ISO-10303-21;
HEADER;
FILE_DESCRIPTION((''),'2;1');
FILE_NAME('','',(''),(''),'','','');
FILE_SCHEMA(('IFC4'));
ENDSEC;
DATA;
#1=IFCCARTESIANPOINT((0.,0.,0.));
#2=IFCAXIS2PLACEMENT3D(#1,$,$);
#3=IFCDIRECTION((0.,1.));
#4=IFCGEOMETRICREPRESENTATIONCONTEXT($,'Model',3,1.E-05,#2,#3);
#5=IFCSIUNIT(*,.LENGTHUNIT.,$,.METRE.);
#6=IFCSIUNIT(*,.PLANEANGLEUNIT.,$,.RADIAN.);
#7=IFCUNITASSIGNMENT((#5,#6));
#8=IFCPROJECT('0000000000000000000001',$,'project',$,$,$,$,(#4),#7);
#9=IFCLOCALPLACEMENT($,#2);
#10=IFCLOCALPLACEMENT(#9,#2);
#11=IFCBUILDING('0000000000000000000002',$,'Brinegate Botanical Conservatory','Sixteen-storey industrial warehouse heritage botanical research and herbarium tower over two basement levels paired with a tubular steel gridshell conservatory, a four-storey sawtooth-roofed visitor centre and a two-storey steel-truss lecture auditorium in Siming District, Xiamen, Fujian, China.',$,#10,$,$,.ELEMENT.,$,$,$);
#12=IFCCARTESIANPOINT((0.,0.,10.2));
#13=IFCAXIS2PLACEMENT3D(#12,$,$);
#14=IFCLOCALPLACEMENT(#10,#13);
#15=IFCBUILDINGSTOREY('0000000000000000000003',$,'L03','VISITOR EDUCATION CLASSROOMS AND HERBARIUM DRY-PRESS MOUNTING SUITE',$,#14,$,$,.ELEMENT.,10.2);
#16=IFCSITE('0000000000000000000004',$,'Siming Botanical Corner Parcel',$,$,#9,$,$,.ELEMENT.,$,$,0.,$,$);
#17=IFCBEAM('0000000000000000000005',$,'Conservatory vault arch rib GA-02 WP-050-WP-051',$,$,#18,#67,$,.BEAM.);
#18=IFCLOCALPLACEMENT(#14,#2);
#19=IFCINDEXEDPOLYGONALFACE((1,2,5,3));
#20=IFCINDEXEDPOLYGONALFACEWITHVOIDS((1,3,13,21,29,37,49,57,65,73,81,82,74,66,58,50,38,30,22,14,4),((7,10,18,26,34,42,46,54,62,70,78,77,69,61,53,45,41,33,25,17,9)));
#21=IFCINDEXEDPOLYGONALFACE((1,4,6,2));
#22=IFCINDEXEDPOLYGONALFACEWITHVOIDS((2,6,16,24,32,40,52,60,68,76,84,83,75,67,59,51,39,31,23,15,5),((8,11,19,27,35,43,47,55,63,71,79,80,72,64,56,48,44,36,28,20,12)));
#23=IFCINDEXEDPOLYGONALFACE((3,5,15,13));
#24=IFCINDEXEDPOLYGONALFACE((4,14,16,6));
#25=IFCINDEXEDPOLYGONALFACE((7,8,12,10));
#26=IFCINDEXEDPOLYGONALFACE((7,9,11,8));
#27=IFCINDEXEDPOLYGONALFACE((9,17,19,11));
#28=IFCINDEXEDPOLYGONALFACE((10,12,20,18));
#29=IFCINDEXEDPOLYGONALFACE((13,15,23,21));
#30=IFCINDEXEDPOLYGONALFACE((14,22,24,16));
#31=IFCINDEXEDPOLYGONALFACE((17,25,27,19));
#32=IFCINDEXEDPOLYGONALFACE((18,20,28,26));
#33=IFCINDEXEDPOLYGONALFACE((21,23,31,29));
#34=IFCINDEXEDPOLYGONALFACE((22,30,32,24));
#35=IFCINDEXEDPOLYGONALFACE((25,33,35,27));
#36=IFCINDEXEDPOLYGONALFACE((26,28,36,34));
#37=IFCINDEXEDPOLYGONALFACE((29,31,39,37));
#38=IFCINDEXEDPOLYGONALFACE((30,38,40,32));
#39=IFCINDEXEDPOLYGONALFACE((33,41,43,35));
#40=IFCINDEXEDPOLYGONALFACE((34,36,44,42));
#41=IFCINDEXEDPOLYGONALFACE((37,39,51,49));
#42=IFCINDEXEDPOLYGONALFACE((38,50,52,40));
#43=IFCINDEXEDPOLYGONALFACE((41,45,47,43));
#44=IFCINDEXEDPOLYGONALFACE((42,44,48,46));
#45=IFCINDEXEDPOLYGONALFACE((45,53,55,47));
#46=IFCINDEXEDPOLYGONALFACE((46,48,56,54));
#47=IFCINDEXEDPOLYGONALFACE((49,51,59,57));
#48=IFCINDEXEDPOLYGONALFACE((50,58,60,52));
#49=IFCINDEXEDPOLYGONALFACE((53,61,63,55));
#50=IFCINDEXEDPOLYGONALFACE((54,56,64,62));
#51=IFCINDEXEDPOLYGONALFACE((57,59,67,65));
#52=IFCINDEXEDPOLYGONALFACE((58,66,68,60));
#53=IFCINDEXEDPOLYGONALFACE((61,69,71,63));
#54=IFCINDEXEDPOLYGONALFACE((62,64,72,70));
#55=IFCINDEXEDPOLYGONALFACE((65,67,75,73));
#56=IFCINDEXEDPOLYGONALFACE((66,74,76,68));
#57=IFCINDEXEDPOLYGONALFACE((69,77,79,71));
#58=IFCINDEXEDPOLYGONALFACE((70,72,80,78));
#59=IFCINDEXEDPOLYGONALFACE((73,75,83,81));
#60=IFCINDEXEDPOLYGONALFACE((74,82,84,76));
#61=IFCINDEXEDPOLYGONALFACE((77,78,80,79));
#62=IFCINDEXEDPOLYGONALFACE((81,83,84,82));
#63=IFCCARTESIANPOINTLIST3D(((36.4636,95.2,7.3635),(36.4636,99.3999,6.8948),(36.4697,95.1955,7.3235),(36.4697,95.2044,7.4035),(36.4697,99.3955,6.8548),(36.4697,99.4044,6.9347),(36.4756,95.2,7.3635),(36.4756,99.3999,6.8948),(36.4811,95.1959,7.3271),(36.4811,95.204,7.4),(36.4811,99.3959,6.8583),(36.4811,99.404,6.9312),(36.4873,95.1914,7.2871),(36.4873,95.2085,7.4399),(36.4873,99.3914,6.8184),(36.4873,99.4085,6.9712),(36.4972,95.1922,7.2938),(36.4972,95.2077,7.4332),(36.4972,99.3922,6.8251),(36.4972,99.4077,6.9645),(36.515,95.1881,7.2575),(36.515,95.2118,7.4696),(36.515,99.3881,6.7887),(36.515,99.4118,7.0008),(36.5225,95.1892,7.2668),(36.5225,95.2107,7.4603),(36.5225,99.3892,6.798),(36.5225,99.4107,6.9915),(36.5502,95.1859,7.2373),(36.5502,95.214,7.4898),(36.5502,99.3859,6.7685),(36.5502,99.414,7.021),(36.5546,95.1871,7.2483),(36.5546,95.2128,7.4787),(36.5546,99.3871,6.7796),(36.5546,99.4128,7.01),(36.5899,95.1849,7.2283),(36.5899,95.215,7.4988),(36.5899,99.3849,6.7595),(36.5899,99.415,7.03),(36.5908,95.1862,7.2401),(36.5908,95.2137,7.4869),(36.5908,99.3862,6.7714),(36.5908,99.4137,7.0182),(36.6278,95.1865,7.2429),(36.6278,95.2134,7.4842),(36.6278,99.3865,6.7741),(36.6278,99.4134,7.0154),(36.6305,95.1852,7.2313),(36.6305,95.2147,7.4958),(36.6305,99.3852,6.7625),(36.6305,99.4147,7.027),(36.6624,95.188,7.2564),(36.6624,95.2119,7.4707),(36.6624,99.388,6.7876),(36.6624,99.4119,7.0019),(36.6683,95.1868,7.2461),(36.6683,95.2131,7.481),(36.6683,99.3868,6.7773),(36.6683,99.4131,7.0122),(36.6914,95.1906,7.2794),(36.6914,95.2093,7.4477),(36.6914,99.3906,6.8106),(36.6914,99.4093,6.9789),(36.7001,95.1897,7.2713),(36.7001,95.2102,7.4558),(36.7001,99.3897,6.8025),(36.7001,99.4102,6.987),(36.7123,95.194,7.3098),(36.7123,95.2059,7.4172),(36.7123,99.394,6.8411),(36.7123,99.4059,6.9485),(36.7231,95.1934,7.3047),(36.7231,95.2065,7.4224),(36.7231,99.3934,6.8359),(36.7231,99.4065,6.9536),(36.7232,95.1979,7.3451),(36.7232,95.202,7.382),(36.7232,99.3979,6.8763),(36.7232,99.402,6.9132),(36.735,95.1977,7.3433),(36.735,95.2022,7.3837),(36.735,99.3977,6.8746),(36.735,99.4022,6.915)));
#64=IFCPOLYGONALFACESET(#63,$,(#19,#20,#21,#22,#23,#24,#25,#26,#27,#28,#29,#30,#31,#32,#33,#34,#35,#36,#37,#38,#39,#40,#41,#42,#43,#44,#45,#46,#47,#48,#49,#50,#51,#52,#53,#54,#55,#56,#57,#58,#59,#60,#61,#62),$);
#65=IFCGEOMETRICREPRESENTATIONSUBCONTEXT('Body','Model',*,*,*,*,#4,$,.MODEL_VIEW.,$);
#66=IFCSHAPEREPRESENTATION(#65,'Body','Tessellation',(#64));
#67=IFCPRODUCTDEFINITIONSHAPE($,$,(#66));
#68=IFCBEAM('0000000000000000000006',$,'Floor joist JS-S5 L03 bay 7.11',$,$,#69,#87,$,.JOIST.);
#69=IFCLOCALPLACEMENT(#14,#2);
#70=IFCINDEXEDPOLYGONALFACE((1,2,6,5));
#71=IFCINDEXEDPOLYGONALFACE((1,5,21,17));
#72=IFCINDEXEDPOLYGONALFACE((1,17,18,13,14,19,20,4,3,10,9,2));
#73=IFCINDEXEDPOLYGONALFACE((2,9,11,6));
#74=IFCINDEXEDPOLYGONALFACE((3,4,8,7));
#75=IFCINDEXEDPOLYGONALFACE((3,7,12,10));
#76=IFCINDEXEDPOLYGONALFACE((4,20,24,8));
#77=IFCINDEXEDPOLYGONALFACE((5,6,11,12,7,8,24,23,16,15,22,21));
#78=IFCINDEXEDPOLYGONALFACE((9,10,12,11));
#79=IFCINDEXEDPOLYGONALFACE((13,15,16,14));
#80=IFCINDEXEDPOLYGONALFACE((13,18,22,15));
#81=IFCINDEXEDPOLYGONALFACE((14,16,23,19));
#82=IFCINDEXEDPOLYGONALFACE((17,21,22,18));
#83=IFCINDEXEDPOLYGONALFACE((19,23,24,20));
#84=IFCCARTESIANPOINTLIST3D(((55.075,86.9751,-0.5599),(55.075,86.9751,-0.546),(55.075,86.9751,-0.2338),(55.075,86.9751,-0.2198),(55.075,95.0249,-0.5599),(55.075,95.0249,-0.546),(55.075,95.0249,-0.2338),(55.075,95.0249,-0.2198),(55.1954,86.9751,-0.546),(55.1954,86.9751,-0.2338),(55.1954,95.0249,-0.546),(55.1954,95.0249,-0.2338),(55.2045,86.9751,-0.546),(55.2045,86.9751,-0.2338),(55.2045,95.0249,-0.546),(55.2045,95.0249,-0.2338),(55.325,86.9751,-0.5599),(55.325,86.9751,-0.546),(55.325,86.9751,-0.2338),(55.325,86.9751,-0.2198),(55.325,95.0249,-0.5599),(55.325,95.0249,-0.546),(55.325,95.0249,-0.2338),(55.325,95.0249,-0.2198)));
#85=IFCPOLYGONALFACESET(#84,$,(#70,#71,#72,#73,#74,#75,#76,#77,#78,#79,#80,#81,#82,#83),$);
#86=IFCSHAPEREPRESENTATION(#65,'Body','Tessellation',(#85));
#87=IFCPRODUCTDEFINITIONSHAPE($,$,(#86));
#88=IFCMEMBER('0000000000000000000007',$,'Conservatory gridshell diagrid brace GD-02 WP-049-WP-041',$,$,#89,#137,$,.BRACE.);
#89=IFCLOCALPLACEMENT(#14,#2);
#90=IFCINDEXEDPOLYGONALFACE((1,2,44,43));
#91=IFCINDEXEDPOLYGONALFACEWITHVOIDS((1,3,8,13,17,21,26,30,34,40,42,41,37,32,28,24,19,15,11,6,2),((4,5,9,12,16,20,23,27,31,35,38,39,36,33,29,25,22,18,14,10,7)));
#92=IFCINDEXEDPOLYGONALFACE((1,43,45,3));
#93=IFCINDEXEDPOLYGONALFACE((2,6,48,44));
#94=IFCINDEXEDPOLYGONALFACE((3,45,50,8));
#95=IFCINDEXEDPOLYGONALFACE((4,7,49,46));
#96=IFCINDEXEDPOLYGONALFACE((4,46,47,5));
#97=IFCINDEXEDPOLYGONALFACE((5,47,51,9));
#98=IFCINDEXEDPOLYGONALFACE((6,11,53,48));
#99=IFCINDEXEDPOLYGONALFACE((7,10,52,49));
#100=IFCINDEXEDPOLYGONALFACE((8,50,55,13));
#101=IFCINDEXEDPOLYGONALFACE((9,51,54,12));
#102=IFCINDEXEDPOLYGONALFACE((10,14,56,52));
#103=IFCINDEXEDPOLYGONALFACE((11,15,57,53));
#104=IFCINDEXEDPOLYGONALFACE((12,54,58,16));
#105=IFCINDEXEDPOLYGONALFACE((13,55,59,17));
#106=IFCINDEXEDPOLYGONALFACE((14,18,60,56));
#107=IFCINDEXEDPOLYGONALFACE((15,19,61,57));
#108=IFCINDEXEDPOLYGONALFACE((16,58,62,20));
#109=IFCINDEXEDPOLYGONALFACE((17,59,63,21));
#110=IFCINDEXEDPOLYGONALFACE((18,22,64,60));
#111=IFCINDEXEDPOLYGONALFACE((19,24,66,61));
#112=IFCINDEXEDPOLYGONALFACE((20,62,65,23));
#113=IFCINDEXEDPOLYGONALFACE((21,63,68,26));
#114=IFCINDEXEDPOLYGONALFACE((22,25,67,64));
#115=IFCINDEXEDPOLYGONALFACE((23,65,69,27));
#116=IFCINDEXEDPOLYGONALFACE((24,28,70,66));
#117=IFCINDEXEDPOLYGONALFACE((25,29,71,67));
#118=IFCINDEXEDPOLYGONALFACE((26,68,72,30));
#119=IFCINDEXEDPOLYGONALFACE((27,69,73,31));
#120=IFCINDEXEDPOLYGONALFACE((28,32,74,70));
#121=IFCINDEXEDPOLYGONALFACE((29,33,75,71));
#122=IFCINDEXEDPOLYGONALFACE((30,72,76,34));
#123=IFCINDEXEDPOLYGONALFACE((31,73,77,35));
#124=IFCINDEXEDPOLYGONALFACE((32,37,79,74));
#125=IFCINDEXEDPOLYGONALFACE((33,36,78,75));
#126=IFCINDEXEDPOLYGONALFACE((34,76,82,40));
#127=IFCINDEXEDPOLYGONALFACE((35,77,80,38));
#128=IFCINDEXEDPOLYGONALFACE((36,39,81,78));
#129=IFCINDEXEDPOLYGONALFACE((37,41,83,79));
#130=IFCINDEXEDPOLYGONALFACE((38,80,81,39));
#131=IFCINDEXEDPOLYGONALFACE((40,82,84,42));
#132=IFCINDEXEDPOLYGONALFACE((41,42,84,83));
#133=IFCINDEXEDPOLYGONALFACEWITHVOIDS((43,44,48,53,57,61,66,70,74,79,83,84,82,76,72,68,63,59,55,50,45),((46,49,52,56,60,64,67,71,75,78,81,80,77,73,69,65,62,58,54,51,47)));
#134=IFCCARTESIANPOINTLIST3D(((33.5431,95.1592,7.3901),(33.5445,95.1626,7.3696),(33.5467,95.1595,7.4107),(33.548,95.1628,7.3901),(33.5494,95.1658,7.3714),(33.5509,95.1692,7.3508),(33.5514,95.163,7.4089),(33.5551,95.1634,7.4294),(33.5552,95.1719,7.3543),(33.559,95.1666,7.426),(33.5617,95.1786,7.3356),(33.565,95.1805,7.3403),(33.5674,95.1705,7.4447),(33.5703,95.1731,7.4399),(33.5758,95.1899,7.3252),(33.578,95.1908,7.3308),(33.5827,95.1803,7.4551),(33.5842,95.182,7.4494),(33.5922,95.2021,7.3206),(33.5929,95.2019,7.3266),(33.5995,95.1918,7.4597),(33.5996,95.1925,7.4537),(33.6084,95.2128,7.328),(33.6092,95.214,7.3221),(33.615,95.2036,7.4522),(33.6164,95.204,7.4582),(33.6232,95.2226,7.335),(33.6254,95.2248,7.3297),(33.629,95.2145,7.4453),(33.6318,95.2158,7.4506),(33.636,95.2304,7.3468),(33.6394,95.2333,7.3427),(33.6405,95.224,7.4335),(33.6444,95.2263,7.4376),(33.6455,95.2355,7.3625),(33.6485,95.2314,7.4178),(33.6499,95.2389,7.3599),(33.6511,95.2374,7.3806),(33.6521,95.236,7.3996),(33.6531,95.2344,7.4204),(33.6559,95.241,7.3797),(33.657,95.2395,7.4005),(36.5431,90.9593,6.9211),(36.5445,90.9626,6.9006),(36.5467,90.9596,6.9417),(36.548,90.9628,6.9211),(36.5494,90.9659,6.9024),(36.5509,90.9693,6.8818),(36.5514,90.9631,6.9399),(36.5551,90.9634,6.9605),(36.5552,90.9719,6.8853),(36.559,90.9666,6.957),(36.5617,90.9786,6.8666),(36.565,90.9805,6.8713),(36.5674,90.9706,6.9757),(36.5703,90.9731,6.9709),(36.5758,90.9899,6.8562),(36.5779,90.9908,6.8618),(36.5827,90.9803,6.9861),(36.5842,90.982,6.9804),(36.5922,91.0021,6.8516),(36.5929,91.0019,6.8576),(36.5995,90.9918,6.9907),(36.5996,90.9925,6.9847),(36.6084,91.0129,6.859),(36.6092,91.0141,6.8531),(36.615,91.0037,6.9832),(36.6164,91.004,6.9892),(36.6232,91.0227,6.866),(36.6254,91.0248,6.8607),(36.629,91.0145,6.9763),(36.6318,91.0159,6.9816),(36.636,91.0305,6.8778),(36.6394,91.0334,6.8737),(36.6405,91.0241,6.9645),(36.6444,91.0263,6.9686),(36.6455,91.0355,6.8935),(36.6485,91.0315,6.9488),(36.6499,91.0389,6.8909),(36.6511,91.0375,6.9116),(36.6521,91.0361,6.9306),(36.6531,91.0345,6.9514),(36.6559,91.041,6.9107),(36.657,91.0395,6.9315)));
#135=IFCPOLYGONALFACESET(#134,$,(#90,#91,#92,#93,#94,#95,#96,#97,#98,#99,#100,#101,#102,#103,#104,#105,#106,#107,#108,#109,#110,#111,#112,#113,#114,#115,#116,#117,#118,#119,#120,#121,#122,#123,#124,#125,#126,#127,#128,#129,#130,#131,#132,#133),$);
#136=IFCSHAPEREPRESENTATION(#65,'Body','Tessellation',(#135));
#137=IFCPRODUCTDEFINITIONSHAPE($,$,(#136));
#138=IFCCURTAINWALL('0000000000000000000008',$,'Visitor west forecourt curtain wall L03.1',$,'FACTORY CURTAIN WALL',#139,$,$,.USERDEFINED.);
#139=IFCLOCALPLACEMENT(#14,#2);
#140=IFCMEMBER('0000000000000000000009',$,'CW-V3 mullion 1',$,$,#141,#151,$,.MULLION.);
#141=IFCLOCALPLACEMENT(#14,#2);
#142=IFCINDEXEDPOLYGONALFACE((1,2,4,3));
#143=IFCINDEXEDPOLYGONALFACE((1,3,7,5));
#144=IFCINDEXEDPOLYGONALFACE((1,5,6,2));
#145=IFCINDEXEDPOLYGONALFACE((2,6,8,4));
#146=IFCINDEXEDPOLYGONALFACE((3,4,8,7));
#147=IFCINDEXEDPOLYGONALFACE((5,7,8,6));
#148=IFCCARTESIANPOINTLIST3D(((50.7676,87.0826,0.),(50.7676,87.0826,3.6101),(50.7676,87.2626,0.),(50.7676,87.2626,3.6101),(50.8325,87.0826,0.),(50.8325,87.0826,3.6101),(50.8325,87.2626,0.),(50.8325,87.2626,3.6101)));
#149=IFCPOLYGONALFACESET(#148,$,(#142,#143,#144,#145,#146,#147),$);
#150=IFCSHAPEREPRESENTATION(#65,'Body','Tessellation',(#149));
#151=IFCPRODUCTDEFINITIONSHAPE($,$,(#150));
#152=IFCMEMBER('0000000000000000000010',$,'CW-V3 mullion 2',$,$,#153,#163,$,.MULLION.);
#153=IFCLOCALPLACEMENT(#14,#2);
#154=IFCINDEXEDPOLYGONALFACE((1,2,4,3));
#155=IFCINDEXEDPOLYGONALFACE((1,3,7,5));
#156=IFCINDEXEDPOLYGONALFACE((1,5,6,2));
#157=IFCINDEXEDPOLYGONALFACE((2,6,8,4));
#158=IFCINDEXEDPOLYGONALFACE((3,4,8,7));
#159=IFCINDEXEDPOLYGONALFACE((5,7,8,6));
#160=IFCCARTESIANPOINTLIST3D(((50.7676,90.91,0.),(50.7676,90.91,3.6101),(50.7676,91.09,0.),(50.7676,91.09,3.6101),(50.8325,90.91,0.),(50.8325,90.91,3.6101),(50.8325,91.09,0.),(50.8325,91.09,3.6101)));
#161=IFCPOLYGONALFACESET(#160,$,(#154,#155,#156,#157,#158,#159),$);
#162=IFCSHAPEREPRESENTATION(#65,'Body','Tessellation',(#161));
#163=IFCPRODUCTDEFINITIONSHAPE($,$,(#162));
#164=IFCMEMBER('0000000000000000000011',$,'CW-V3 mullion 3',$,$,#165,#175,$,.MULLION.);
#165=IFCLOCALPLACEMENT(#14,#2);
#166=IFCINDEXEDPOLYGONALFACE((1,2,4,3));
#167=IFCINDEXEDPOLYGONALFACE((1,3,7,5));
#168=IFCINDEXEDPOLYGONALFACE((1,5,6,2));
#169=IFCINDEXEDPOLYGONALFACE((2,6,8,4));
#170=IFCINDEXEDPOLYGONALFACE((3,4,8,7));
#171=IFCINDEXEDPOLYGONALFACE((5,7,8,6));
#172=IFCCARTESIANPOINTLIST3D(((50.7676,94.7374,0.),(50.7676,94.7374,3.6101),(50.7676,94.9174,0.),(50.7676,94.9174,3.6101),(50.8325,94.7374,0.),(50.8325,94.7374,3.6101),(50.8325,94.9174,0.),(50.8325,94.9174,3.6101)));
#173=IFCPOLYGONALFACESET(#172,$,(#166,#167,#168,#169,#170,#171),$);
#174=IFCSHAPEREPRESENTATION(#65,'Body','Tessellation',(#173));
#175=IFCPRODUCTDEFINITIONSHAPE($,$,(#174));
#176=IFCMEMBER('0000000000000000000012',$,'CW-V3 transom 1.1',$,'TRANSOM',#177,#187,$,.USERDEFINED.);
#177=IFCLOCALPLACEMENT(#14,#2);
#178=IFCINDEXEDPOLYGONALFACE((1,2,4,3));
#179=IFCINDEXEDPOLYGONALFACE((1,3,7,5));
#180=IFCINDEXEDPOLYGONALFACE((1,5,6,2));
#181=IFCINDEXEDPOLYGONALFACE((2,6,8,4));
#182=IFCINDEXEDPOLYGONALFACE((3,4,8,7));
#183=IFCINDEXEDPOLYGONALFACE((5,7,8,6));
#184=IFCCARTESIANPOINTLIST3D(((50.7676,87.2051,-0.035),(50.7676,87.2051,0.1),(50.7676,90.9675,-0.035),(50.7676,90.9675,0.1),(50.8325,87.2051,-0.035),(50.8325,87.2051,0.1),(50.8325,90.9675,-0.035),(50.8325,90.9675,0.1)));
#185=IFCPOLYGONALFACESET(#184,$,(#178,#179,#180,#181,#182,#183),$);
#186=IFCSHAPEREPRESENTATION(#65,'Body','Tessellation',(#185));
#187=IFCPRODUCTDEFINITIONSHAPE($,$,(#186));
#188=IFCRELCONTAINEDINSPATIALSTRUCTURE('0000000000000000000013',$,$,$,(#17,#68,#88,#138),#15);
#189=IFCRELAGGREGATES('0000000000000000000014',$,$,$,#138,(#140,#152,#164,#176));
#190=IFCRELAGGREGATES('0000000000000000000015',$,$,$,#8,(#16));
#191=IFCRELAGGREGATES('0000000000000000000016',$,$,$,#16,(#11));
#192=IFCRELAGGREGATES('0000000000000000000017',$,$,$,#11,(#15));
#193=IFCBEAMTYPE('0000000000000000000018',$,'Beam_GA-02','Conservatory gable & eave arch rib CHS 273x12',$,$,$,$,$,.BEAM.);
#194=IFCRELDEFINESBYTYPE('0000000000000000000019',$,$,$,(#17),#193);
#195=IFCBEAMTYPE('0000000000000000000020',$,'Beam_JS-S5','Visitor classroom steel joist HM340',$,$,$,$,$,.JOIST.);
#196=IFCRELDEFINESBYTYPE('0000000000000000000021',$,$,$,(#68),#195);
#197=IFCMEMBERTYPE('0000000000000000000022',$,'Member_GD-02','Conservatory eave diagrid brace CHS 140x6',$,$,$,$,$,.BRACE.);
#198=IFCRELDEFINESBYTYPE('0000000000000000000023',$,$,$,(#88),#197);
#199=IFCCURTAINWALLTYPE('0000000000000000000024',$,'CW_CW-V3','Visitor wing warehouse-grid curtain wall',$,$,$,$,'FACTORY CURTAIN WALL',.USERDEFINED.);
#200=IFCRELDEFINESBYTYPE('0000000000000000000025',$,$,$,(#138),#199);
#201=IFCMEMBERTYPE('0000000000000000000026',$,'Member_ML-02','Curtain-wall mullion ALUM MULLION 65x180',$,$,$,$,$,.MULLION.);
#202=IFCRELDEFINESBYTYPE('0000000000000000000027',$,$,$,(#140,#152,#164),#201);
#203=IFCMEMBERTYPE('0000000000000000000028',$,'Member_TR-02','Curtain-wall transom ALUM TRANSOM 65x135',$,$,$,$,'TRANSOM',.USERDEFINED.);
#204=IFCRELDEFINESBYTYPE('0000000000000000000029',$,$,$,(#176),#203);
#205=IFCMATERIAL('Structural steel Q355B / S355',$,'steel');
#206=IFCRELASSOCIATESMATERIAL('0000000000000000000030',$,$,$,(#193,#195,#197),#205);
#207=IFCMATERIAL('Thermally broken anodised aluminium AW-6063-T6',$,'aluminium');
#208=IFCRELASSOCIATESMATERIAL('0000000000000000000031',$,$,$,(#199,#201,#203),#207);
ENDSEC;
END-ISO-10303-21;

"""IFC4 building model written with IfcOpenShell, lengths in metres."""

from ifc_helpers import new_model, si_unit, direction, frame, origin, origin_2d, place, context, subcontext, project, spatial, rectangle, hollow_circle, i_section, extrude, material, material_profile, profile_set, type_object, element, aggregate, save


model = new_model("IFC4")

# Units and contexts
model_context = context("Model", 3, precision=1e-05, world=origin(), true_north=direction((0.0, 1.0)))
body_context = subcontext(model_context, "Body", "Model", "MODEL_VIEW")
ifc_project = project(units=[si_unit("LENGTHUNIT", "METRE"), si_unit("PLANEANGLEUNIT", "RADIAN")], contexts=[model_context])

# Site, building, storey
site_placement = place(None, origin())
site = spatial("IfcSite", under=ifc_project, at=site_placement, Name="Siming Botanical Corner Parcel", CompositionType="ELEMENT", RefElevation=0.0)
building_placement = place(site_placement, origin())
building = spatial("IfcBuilding", under=site, at=building_placement, Name="Brinegate Botanical Conservatory", Description="Sixteen-storey industrial warehouse heritage botanical research and herbarium tower over two basement levels paired with a tubular steel gridshell conservatory, a four-storey sawtooth-roofed visitor centre and a two-storey steel-truss lecture auditorium in Siming District, Xiamen, Fujian, China.", CompositionType="ELEMENT")
storey_placement = place(building_placement, frame((0.0, 0.0, 10.2)))
storey = spatial("IfcBuildingStorey", under=building, at=storey_placement, Name="L03", Description="VISITOR EDUCATION CLASSROOMS AND HERBARIUM DRY-PRESS MOUNTING SUITE", CompositionType="ELEMENT", Elevation=10.2)

# Beams
ifc_material_1 = material(Name="Structural steel Q355B / S355", Category="steel")
ifc_material_profile_1 = material_profile(ifc_material_1, hollow_circle(Radius=0.1365, WallThickness=0.012, at=origin_2d()), Name="CHS 273x12")
ifc_profile_set_1 = profile_set([ifc_material_profile_1], Name="Structural steel Q355B / S355")
beam_type_1 = type_object("IfcBeamType", Name="Beam_GA-02", Description="Conservatory gable & eave arch rib CHS 273x12", PredefinedType="BEAM", material=ifc_profile_set_1)
for number, where, z_axis, x_axis, name in (
    (1, (36.6001, 95.2, 7.3635), (0.0, 0.993829, -0.11092), (-1.0, 0.0, 0.0), "Conservatory vault arch rib GA-02 WP-050-WP-051"),
):
    element("IfcBeam", number, at=place(storey_placement, frame(where, z_axis=z_axis, x_axis=x_axis)), inside=storey, type_object=beam_type_1, Name=name, PredefinedType="BEAM", context=body_context, shape_type="SweptSolid", body=[
        extrude(hollow_circle(Radius=0.1365, WallThickness=0.012, at=origin_2d()), origin(), (0.0, 0.0, 1.0), 4.2261),
    ])
ifc_material_profile_2 = material_profile(ifc_material_1, i_section(OverallWidth=0.25, OverallDepth=0.3401, WebThickness=0.009, FlangeThickness=0.0139, at=origin_2d()), Name="HM 340x250x9x14")
ifc_profile_set_2 = profile_set([ifc_material_profile_2], Name="Structural steel Q355B / S355")
beam_type_2 = type_object("IfcBeamType", Name="Beam_JS-S5", Description="Visitor classroom steel joist HM340", PredefinedType="JOIST", material=ifc_profile_set_2)
beam_1_placement = place(storey_placement, frame((55.2, 86.9751, -0.3899), z_axis=(0.0, 1.0, 0.0), x_axis=(-1.0, 0.0, 0.0)))
element("IfcBeam", 2, at=beam_1_placement, inside=storey, type_object=beam_type_2, Name="Floor joist JS-S5 L03 bay 7.11", PredefinedType="JOIST", context=body_context, shape_type="SweptSolid", body=[
    extrude(i_section(OverallWidth=0.25, OverallDepth=0.3401, WebThickness=0.009, FlangeThickness=0.0139, at=origin_2d()), origin(), (0.0, 0.0, 1.0), 8.0498),
])

# Member
ifc_material_profile_3 = material_profile(ifc_material_1, hollow_circle(Radius=0.0701, WallThickness=0.0061, at=origin_2d()), Name="CHS 140x6")
ifc_profile_set_3 = profile_set([ifc_material_profile_3], Name="Structural steel Q355B / S355")
member_type_1 = type_object("IfcMemberType", Name="Member_GD-02", Description="Conservatory eave diagrid brace CHS 140x6", PredefinedType="BRACE", material=ifc_profile_set_3)
member_1_placement = place(storey_placement, frame((36.6001, 91.0, 6.9211), z_axis=(-0.578858, 0.810392, 0.090494), x_axis=(-0.81373, -0.581243, 0.0)))
element("IfcMember", 3, at=member_1_placement, inside=storey, type_object=member_type_1, Name="Conservatory gridshell diagrid brace GD-02 WP-049-WP-041", PredefinedType="BRACE", context=body_context, shape_type="SweptSolid", body=[
    extrude(hollow_circle(Radius=0.0701, WallThickness=0.0061, at=origin_2d()), origin(), (0.0, 0.0, 1.0), 5.1826),
])

# Curtain wall, members
ifc_material_2 = material(Name="Thermally broken anodised aluminium AW-6063-T6", Category="aluminium")
curtain_wall_type = type_object("IfcCurtainWallType", Name="CW_CW-V3", Description="Visitor wing warehouse-grid curtain wall", ElementType="FACTORY CURTAIN WALL", PredefinedType="USERDEFINED", material=ifc_material_2)
curtain_wall_placement = place(storey_placement, origin())
curtain_wall = element("IfcCurtainWall", 4, at=curtain_wall_placement, inside=storey, type_object=curtain_wall_type, Name="Visitor west forecourt curtain wall L03.1", ObjectType="FACTORY CURTAIN WALL", PredefinedType="USERDEFINED")
ifc_material_profile_4 = material_profile(ifc_material_2, rectangle(XDim=0.0649, YDim=0.1799, at=origin_2d()), Name="ALUM MULLION 65x180")
ifc_profile_set_4 = profile_set([ifc_material_profile_4], Name="Thermally broken anodised aluminium AW-6063-T6")
member_type_2 = type_object("IfcMemberType", Name="Member_ML-02", Description="Curtain-wall mullion ALUM MULLION 65x180", PredefinedType="MULLION", material=ifc_profile_set_4)
member_2_placement = place(storey_placement, frame((50.8, 87.1726, 0.0), z_axis=(0.0, 0.0, 1.0), x_axis=(-1.0, 0.0, 0.0)))
member_2 = element("IfcMember", 5, at=member_2_placement, type_object=member_type_2, Name="CW-V3 mullion 1", PredefinedType="MULLION", context=body_context, shape_type="SweptSolid", body=[
    extrude(rectangle(XDim=0.0649, YDim=0.1799, at=origin_2d()), origin(), (0.0, 0.0, 1.0), 3.6101),
])
member_3_placement = place(storey_placement, frame((50.8, 91.0, 0.0), z_axis=(0.0, 0.0, 1.0), x_axis=(-1.0, 0.0, 0.0)))
member_3 = element("IfcMember", 6, at=member_3_placement, type_object=member_type_2, Name="CW-V3 mullion 2", PredefinedType="MULLION", context=body_context, shape_type="SweptSolid", body=[
    extrude(rectangle(XDim=0.0649, YDim=0.1799, at=origin_2d()), origin(), (0.0, 0.0, 1.0), 3.6101),
])
member_4_placement = place(storey_placement, frame((50.8, 94.8274, 0.0), z_axis=(0.0, 0.0, 1.0), x_axis=(-1.0, 0.0, 0.0)))
member_4 = element("IfcMember", 7, at=member_4_placement, type_object=member_type_2, Name="CW-V3 mullion 3", PredefinedType="MULLION", context=body_context, shape_type="SweptSolid", body=[
    extrude(rectangle(XDim=0.0649, YDim=0.1799, at=origin_2d()), origin(), (0.0, 0.0, 1.0), 3.6101),
])
ifc_material_profile_5 = material_profile(ifc_material_2, rectangle(XDim=0.0649, YDim=0.135, at=origin_2d()), Name="ALUM TRANSOM 65x135")
ifc_profile_set_5 = profile_set([ifc_material_profile_5], Name="Thermally broken anodised aluminium AW-6063-T6")
member_type_3 = type_object("IfcMemberType", Name="Member_TR-02", Description="Curtain-wall transom ALUM TRANSOM 65x135", ElementType="TRANSOM", PredefinedType="USERDEFINED", material=ifc_profile_set_5)
member_5_placement = place(storey_placement, frame((50.8, 87.2051, 0.0325), z_axis=(0.0, 1.0, 0.0), x_axis=(-1.0, 0.0, 0.0)))
member_5 = element("IfcMember", 8, at=member_5_placement, type_object=member_type_3, Name="CW-V3 transom 1.1", ObjectType="TRANSOM", PredefinedType="USERDEFINED", context=body_context, shape_type="SweptSolid", body=[
    extrude(rectangle(XDim=0.0649, YDim=0.135, at=origin_2d()), origin(), (0.0, 0.0, 1.0), 3.7625),
])
aggregate(curtain_wall, [member_2, member_3, member_4, member_5])

save(model, "model.ifc")
